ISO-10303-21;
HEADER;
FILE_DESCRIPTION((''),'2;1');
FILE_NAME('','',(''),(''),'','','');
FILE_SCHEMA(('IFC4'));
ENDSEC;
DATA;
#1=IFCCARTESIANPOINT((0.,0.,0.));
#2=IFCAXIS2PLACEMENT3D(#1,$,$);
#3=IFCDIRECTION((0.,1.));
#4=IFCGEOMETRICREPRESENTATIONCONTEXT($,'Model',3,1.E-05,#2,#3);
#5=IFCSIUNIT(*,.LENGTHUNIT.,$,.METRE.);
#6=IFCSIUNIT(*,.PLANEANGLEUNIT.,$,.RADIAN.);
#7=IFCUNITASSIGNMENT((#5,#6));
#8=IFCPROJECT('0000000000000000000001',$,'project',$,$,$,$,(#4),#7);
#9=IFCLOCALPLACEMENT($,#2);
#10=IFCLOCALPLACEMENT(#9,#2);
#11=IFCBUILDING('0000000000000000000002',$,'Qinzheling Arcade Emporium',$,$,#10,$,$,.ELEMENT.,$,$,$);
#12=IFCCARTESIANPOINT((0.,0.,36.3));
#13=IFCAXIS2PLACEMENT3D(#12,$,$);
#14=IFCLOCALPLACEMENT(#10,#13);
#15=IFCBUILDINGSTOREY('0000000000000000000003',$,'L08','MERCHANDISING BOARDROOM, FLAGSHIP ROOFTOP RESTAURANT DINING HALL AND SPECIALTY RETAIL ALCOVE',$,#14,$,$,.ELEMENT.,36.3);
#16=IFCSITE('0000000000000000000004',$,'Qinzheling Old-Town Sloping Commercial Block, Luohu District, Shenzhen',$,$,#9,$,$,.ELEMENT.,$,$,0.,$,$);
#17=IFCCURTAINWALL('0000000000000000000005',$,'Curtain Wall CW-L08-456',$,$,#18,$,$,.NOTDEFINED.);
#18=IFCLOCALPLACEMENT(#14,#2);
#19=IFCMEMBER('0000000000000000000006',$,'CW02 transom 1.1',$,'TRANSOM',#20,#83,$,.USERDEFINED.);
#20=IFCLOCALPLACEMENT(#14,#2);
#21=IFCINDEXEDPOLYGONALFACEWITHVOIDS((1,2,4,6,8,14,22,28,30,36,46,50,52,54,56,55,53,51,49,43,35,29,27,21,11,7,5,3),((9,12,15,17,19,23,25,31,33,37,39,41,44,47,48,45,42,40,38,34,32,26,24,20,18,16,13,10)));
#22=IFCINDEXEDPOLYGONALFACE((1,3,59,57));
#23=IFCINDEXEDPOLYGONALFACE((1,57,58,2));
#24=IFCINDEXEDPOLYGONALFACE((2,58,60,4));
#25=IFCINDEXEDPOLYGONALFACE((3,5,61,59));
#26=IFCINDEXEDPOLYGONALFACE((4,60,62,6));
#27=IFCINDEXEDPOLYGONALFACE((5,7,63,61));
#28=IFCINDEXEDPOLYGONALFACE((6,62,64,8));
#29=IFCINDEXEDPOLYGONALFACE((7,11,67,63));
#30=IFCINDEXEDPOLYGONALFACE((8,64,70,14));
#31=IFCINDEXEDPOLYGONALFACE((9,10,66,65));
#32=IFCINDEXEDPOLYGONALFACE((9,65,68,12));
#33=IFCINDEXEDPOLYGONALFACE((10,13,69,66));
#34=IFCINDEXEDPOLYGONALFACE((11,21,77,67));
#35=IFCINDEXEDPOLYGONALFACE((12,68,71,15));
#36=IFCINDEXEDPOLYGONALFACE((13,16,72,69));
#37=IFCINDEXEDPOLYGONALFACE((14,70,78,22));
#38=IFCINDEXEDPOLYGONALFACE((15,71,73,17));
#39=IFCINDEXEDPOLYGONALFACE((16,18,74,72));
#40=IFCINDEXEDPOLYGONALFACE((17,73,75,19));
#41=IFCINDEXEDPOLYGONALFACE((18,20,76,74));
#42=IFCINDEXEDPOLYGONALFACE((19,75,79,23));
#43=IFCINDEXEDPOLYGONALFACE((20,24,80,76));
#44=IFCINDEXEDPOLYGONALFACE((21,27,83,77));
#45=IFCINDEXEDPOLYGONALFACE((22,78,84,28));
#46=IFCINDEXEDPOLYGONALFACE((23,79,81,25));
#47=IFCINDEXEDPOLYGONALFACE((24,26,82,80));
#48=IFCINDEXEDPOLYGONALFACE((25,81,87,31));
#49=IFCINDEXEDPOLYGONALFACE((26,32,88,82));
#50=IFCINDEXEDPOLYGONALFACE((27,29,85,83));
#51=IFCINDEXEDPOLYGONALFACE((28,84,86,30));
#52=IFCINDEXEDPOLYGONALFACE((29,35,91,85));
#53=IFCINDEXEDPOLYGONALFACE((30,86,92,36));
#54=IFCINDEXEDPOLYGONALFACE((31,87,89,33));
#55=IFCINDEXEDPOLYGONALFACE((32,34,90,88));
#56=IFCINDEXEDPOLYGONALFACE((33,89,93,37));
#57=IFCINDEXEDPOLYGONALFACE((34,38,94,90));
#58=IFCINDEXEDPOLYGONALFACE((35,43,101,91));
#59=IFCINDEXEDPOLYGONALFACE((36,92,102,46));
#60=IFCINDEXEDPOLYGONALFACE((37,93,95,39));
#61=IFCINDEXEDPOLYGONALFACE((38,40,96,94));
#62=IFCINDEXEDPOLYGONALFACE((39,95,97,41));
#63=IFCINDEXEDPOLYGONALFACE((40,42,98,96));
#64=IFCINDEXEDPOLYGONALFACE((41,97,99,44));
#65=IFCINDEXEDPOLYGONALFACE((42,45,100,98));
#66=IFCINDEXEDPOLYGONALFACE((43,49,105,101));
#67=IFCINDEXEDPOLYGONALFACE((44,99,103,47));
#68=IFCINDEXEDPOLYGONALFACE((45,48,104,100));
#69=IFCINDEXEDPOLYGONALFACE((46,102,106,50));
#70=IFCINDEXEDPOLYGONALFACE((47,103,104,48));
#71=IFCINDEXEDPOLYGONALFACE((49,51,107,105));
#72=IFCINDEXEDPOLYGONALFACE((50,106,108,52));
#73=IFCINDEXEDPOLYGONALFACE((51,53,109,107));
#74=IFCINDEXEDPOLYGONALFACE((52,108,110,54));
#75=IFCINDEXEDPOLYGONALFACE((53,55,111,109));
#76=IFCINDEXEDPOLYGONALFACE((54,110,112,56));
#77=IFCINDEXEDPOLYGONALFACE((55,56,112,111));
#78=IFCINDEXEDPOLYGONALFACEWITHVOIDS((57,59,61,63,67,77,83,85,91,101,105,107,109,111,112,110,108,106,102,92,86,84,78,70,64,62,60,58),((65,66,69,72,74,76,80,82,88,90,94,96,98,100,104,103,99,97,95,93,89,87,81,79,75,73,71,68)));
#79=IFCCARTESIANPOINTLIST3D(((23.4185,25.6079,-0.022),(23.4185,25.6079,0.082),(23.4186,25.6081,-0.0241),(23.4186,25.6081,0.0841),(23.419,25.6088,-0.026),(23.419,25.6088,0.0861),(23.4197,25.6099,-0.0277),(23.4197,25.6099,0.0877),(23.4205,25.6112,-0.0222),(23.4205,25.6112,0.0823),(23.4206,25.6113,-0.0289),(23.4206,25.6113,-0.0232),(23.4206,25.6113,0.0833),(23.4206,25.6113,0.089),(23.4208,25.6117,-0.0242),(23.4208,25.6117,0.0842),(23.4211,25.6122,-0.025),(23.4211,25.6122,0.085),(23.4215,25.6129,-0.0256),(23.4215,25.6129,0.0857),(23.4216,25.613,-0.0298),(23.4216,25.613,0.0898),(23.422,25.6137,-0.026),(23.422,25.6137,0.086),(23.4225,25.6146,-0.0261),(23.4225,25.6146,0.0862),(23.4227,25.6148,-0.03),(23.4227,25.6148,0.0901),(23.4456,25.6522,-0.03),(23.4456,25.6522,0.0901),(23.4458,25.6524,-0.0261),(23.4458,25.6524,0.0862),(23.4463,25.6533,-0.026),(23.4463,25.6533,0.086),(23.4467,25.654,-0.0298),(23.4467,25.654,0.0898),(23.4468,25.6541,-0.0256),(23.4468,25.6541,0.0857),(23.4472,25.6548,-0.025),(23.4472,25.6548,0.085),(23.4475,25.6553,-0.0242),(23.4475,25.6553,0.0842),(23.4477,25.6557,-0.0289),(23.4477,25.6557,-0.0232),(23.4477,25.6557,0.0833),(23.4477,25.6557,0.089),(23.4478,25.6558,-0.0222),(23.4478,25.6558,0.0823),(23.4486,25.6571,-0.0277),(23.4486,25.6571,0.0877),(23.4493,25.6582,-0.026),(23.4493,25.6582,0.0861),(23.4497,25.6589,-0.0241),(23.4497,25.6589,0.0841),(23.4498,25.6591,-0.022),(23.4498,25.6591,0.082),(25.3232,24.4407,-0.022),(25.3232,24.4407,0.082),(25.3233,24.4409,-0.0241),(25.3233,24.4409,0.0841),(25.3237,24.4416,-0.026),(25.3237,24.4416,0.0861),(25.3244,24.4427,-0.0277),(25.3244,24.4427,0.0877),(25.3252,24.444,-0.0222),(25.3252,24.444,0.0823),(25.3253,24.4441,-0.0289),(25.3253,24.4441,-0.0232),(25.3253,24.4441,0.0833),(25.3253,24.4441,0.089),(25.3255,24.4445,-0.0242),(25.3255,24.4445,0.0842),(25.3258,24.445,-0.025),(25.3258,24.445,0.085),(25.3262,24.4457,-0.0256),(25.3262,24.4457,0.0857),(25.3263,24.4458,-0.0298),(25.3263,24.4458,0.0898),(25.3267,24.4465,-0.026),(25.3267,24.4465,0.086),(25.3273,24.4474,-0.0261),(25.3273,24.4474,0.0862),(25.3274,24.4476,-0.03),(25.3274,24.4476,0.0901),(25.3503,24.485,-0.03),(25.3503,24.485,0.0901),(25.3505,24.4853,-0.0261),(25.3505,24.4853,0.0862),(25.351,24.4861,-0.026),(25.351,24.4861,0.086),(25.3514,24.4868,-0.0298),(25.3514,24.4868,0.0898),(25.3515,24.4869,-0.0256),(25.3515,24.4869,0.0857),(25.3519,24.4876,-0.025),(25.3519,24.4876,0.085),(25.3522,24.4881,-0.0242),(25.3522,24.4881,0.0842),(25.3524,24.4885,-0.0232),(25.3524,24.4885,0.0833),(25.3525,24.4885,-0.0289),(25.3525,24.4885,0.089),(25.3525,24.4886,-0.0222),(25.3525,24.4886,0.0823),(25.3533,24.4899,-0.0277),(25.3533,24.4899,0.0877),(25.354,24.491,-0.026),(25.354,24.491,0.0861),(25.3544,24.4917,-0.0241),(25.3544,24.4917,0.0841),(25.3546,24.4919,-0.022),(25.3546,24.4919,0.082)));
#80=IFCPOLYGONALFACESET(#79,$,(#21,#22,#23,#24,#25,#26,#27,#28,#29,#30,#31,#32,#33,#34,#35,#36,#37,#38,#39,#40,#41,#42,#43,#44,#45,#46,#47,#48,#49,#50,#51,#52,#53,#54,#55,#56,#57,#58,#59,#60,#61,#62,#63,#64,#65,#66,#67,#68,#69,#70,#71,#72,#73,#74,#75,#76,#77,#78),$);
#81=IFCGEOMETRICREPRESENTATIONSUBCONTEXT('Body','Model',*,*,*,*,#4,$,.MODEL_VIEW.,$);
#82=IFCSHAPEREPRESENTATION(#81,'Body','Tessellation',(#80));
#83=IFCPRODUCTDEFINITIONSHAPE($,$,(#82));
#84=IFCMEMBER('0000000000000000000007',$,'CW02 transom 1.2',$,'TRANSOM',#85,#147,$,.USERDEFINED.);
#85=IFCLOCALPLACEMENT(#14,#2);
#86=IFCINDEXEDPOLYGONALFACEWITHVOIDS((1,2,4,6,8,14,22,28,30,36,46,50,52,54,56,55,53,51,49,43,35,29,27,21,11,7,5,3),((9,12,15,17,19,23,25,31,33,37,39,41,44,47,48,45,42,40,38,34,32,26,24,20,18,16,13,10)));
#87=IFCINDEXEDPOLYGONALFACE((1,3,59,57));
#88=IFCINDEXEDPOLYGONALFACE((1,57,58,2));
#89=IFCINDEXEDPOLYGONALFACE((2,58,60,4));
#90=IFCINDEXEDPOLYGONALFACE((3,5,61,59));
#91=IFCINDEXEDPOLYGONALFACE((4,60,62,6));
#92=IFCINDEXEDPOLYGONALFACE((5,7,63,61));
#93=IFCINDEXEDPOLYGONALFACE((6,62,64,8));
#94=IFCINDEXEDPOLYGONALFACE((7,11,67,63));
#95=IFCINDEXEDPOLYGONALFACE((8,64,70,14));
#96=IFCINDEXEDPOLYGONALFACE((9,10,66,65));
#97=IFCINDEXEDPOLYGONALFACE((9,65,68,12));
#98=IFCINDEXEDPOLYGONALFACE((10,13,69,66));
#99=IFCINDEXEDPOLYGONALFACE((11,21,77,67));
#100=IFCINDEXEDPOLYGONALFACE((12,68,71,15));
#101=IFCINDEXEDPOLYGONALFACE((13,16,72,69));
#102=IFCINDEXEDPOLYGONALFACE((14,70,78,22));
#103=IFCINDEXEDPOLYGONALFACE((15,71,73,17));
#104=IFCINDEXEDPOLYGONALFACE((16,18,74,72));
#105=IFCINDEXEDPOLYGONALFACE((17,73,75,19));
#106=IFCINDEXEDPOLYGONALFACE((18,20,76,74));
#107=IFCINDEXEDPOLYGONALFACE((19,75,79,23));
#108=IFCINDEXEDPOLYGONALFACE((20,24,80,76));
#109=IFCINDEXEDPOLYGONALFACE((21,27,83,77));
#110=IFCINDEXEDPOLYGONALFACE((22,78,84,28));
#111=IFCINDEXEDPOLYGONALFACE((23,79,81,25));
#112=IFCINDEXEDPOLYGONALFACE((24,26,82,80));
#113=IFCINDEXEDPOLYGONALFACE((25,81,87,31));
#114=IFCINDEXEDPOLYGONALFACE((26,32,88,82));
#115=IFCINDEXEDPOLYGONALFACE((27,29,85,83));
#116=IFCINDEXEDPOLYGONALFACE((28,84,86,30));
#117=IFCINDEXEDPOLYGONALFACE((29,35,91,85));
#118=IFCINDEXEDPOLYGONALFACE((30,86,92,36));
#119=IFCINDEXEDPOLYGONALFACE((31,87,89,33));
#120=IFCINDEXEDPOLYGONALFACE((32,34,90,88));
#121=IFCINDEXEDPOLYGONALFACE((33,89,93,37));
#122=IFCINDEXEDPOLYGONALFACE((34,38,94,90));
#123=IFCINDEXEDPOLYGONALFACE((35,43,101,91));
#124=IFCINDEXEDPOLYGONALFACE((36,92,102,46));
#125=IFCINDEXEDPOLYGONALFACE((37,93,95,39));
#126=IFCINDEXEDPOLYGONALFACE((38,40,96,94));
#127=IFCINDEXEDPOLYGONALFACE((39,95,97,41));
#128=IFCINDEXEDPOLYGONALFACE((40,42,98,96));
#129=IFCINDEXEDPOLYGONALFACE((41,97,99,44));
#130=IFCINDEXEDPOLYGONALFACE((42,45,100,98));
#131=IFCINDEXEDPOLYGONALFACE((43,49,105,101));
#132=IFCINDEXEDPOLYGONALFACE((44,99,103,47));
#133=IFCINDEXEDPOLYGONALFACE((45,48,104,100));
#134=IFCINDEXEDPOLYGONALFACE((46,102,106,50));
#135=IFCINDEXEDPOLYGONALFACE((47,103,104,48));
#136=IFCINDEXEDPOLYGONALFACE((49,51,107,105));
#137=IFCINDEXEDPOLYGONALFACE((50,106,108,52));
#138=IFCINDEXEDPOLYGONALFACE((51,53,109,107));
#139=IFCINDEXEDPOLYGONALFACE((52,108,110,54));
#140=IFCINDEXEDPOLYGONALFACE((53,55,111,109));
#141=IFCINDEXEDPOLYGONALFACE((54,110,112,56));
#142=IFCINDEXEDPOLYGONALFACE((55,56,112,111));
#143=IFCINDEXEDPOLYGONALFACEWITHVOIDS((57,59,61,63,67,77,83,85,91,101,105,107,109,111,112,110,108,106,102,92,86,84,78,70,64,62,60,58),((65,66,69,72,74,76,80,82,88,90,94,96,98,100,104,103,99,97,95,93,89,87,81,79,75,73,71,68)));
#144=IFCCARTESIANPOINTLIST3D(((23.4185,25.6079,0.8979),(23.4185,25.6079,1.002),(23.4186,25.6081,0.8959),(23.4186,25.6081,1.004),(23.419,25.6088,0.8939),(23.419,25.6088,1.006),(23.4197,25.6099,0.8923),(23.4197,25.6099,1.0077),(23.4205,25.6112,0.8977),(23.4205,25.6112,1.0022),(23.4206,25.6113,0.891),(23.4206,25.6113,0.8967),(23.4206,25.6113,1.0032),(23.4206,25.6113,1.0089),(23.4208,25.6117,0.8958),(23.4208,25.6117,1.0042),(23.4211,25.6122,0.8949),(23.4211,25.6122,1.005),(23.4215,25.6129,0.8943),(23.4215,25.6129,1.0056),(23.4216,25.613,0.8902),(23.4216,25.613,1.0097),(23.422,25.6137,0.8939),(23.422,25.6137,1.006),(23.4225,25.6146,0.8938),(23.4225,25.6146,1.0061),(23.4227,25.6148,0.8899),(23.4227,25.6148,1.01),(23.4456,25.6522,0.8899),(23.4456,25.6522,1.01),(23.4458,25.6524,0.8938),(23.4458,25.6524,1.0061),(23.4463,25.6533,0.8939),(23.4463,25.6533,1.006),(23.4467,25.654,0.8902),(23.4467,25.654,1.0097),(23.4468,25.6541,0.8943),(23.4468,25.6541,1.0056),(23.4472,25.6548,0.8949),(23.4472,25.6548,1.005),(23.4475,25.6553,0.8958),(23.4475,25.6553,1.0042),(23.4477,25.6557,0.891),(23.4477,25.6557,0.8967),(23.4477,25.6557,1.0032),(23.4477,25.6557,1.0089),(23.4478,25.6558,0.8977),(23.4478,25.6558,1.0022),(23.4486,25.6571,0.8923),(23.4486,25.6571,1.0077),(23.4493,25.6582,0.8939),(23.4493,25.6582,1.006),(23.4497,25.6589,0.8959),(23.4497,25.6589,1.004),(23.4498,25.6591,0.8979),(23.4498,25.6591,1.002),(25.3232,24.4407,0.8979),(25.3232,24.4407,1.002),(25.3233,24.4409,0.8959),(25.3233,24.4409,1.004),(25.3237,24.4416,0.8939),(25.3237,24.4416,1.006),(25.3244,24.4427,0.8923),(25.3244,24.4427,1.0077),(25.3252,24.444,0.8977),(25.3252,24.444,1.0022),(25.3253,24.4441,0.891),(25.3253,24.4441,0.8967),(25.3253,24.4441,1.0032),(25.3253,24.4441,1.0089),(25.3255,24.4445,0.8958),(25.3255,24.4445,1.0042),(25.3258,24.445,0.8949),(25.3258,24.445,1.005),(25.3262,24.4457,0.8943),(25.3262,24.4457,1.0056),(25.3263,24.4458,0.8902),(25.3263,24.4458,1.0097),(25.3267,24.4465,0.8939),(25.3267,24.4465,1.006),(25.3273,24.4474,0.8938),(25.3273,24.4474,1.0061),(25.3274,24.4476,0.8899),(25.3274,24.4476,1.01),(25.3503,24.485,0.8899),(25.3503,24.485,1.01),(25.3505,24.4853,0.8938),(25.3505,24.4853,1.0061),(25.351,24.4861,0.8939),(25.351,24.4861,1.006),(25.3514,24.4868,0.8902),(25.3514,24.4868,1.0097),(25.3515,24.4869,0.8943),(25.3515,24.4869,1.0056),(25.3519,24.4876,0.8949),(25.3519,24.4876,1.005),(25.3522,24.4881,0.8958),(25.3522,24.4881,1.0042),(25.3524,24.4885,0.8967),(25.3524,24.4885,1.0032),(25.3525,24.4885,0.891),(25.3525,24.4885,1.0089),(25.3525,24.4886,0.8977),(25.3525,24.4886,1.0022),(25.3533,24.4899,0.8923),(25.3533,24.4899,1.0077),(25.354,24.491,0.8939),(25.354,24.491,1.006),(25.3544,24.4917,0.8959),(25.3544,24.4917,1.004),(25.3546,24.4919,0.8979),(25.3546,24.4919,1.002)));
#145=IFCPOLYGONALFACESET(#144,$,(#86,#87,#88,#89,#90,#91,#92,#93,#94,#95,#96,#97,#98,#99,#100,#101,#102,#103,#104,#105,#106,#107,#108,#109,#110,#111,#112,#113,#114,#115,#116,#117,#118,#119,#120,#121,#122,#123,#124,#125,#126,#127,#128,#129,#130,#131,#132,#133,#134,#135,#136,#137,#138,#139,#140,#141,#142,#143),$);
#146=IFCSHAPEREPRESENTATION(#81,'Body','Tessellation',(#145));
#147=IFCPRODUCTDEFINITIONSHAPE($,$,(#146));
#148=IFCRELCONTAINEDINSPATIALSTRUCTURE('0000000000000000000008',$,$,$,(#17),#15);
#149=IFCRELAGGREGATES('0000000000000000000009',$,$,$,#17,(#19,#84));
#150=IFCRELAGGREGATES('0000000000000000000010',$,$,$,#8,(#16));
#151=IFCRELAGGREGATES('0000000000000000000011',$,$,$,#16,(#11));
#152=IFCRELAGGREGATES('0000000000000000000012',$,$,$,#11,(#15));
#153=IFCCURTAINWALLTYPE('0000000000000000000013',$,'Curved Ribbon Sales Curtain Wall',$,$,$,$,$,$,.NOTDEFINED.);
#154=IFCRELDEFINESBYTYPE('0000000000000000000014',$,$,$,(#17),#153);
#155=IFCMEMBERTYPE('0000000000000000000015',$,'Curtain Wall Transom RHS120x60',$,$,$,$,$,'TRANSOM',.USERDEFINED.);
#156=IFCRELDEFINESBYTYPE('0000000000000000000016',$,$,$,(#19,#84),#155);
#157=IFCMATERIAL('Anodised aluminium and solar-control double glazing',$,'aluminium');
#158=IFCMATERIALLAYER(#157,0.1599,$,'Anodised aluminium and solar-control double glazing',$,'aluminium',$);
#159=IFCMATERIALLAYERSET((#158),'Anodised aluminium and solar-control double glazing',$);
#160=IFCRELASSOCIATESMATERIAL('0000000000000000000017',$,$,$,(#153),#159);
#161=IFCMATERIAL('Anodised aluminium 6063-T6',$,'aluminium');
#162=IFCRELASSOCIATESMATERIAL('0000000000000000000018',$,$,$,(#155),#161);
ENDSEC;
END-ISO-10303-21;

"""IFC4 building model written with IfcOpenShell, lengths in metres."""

from ifc_helpers import new_model, si_unit, direction, frame, origin, origin_2d, place, context, subcontext, project, spatial, hollow_rectangle, extrude, material, layer, layer_set, material_profile, profile_set, type_object, element, aggregate, save


model = new_model("IFC4")

# Units and contexts
model_context = context("Model", 3, precision=1e-05, world=origin(), true_north=direction((0.0, 1.0)))
body_context = subcontext(model_context, "Body", "Model", "MODEL_VIEW")
ifc_project = project(units=[si_unit("LENGTHUNIT", "METRE"), si_unit("PLANEANGLEUNIT", "RADIAN")], contexts=[model_context])

# Site, building, storey
site_placement = place(None, origin())
site = spatial("IfcSite", under=ifc_project, at=site_placement, Name="Qinzheling Old-Town Sloping Commercial Block, Luohu District, Shenzhen", CompositionType="ELEMENT", RefElevation=0.0)
building_placement = place(site_placement, origin())
building = spatial("IfcBuilding", under=site, at=building_placement, Name="Qinzheling Arcade Emporium", CompositionType="ELEMENT")
storey_placement = place(building_placement, frame((0.0, 0.0, 36.3)))
storey = spatial("IfcBuildingStorey", under=building, at=storey_placement, Name="L08", Description="MERCHANDISING BOARDROOM, FLAGSHIP ROOFTOP RESTAURANT DINING HALL AND SPECIALTY RETAIL ALCOVE", CompositionType="ELEMENT", Elevation=36.3)

# Shared definitions
ifc_material_1 = material(Name="Anodised aluminium and solar-control double glazing", Category="aluminium")
ifc_layer_1 = layer(ifc_material_1, 0.1599, Name="Anodised aluminium and solar-control double glazing", Category="aluminium")
ifc_layer_set_1 = layer_set([ifc_layer_1], Name="Anodised aluminium and solar-control double glazing")
curtain_wall_type = type_object("IfcCurtainWallType", Name="Curved Ribbon Sales Curtain Wall", PredefinedType="NOTDEFINED", material=ifc_layer_set_1)
ifc_material_2 = material(Name="Anodised aluminium 6063-T6", Category="aluminium")

# Curtain wall
curtain_wall_1_placement = place(storey_placement, origin())
curtain_wall_1 = element("IfcCurtainWall", 1, at=curtain_wall_1_placement, inside=storey, type_object=curtain_wall_type, Name="Curtain Wall CW-L08-456", PredefinedType="NOTDEFINED")

# Members
ifc_material_profile_1 = material_profile(ifc_material_2, hollow_rectangle(XDim=0.0601, YDim=0.1201, WallThickness=0.0039, InnerFilletRadius=0.0039, OuterFilletRadius=0.0081, at=origin_2d()), Name="RHS 120x60x4", Category="aluminium")
ifc_profile_set_1 = profile_set([ifc_material_profile_1], Name="Anodised aluminium 6063-T6")
member_type_1 = type_object("IfcMemberType", Name="Curtain Wall Transom RHS120x60", ElementType="TRANSOM", PredefinedType="USERDEFINED", material=ifc_profile_set_1)
member_1_placement = place(storey_placement, frame((25.3389, 24.4663, 0.03), z_axis=(-0.852644, 0.522493, 0.0), x_axis=(-0.522493, -0.852644, 0.0)))
member_1 = element("IfcMember", 2, at=member_1_placement, type_object=member_type_1, Name="CW02 transom 1.1", ObjectType="TRANSOM", PredefinedType="USERDEFINED", context=body_context, shape_type="SweptSolid", body=[
    extrude(hollow_rectangle(XDim=0.0601, YDim=0.1201, WallThickness=0.0039, InnerFilletRadius=0.0039, OuterFilletRadius=0.0081, at=origin_2d()), origin(), (0.0, 0.0, 1.0), 2.2339),
])
member_2_placement = place(storey_placement, frame((25.3389, 24.4663, 0.95), z_axis=(-0.852644, 0.522493, 0.0), x_axis=(-0.522493, -0.852644, 0.0)))
member_2 = element("IfcMember", 3, at=member_2_placement, type_object=member_type_1, Name="CW02 transom 1.2", ObjectType="TRANSOM", PredefinedType="USERDEFINED", context=body_context, shape_type="SweptSolid", body=[
    extrude(hollow_rectangle(XDim=0.0601, YDim=0.1201, WallThickness=0.0039, InnerFilletRadius=0.0039, OuterFilletRadius=0.0081, at=origin_2d()), origin(), (0.0, 0.0, 1.0), 2.2339),
])

aggregate(curtain_wall_1, [member_1, member_2])

save(model, "model.ifc")
